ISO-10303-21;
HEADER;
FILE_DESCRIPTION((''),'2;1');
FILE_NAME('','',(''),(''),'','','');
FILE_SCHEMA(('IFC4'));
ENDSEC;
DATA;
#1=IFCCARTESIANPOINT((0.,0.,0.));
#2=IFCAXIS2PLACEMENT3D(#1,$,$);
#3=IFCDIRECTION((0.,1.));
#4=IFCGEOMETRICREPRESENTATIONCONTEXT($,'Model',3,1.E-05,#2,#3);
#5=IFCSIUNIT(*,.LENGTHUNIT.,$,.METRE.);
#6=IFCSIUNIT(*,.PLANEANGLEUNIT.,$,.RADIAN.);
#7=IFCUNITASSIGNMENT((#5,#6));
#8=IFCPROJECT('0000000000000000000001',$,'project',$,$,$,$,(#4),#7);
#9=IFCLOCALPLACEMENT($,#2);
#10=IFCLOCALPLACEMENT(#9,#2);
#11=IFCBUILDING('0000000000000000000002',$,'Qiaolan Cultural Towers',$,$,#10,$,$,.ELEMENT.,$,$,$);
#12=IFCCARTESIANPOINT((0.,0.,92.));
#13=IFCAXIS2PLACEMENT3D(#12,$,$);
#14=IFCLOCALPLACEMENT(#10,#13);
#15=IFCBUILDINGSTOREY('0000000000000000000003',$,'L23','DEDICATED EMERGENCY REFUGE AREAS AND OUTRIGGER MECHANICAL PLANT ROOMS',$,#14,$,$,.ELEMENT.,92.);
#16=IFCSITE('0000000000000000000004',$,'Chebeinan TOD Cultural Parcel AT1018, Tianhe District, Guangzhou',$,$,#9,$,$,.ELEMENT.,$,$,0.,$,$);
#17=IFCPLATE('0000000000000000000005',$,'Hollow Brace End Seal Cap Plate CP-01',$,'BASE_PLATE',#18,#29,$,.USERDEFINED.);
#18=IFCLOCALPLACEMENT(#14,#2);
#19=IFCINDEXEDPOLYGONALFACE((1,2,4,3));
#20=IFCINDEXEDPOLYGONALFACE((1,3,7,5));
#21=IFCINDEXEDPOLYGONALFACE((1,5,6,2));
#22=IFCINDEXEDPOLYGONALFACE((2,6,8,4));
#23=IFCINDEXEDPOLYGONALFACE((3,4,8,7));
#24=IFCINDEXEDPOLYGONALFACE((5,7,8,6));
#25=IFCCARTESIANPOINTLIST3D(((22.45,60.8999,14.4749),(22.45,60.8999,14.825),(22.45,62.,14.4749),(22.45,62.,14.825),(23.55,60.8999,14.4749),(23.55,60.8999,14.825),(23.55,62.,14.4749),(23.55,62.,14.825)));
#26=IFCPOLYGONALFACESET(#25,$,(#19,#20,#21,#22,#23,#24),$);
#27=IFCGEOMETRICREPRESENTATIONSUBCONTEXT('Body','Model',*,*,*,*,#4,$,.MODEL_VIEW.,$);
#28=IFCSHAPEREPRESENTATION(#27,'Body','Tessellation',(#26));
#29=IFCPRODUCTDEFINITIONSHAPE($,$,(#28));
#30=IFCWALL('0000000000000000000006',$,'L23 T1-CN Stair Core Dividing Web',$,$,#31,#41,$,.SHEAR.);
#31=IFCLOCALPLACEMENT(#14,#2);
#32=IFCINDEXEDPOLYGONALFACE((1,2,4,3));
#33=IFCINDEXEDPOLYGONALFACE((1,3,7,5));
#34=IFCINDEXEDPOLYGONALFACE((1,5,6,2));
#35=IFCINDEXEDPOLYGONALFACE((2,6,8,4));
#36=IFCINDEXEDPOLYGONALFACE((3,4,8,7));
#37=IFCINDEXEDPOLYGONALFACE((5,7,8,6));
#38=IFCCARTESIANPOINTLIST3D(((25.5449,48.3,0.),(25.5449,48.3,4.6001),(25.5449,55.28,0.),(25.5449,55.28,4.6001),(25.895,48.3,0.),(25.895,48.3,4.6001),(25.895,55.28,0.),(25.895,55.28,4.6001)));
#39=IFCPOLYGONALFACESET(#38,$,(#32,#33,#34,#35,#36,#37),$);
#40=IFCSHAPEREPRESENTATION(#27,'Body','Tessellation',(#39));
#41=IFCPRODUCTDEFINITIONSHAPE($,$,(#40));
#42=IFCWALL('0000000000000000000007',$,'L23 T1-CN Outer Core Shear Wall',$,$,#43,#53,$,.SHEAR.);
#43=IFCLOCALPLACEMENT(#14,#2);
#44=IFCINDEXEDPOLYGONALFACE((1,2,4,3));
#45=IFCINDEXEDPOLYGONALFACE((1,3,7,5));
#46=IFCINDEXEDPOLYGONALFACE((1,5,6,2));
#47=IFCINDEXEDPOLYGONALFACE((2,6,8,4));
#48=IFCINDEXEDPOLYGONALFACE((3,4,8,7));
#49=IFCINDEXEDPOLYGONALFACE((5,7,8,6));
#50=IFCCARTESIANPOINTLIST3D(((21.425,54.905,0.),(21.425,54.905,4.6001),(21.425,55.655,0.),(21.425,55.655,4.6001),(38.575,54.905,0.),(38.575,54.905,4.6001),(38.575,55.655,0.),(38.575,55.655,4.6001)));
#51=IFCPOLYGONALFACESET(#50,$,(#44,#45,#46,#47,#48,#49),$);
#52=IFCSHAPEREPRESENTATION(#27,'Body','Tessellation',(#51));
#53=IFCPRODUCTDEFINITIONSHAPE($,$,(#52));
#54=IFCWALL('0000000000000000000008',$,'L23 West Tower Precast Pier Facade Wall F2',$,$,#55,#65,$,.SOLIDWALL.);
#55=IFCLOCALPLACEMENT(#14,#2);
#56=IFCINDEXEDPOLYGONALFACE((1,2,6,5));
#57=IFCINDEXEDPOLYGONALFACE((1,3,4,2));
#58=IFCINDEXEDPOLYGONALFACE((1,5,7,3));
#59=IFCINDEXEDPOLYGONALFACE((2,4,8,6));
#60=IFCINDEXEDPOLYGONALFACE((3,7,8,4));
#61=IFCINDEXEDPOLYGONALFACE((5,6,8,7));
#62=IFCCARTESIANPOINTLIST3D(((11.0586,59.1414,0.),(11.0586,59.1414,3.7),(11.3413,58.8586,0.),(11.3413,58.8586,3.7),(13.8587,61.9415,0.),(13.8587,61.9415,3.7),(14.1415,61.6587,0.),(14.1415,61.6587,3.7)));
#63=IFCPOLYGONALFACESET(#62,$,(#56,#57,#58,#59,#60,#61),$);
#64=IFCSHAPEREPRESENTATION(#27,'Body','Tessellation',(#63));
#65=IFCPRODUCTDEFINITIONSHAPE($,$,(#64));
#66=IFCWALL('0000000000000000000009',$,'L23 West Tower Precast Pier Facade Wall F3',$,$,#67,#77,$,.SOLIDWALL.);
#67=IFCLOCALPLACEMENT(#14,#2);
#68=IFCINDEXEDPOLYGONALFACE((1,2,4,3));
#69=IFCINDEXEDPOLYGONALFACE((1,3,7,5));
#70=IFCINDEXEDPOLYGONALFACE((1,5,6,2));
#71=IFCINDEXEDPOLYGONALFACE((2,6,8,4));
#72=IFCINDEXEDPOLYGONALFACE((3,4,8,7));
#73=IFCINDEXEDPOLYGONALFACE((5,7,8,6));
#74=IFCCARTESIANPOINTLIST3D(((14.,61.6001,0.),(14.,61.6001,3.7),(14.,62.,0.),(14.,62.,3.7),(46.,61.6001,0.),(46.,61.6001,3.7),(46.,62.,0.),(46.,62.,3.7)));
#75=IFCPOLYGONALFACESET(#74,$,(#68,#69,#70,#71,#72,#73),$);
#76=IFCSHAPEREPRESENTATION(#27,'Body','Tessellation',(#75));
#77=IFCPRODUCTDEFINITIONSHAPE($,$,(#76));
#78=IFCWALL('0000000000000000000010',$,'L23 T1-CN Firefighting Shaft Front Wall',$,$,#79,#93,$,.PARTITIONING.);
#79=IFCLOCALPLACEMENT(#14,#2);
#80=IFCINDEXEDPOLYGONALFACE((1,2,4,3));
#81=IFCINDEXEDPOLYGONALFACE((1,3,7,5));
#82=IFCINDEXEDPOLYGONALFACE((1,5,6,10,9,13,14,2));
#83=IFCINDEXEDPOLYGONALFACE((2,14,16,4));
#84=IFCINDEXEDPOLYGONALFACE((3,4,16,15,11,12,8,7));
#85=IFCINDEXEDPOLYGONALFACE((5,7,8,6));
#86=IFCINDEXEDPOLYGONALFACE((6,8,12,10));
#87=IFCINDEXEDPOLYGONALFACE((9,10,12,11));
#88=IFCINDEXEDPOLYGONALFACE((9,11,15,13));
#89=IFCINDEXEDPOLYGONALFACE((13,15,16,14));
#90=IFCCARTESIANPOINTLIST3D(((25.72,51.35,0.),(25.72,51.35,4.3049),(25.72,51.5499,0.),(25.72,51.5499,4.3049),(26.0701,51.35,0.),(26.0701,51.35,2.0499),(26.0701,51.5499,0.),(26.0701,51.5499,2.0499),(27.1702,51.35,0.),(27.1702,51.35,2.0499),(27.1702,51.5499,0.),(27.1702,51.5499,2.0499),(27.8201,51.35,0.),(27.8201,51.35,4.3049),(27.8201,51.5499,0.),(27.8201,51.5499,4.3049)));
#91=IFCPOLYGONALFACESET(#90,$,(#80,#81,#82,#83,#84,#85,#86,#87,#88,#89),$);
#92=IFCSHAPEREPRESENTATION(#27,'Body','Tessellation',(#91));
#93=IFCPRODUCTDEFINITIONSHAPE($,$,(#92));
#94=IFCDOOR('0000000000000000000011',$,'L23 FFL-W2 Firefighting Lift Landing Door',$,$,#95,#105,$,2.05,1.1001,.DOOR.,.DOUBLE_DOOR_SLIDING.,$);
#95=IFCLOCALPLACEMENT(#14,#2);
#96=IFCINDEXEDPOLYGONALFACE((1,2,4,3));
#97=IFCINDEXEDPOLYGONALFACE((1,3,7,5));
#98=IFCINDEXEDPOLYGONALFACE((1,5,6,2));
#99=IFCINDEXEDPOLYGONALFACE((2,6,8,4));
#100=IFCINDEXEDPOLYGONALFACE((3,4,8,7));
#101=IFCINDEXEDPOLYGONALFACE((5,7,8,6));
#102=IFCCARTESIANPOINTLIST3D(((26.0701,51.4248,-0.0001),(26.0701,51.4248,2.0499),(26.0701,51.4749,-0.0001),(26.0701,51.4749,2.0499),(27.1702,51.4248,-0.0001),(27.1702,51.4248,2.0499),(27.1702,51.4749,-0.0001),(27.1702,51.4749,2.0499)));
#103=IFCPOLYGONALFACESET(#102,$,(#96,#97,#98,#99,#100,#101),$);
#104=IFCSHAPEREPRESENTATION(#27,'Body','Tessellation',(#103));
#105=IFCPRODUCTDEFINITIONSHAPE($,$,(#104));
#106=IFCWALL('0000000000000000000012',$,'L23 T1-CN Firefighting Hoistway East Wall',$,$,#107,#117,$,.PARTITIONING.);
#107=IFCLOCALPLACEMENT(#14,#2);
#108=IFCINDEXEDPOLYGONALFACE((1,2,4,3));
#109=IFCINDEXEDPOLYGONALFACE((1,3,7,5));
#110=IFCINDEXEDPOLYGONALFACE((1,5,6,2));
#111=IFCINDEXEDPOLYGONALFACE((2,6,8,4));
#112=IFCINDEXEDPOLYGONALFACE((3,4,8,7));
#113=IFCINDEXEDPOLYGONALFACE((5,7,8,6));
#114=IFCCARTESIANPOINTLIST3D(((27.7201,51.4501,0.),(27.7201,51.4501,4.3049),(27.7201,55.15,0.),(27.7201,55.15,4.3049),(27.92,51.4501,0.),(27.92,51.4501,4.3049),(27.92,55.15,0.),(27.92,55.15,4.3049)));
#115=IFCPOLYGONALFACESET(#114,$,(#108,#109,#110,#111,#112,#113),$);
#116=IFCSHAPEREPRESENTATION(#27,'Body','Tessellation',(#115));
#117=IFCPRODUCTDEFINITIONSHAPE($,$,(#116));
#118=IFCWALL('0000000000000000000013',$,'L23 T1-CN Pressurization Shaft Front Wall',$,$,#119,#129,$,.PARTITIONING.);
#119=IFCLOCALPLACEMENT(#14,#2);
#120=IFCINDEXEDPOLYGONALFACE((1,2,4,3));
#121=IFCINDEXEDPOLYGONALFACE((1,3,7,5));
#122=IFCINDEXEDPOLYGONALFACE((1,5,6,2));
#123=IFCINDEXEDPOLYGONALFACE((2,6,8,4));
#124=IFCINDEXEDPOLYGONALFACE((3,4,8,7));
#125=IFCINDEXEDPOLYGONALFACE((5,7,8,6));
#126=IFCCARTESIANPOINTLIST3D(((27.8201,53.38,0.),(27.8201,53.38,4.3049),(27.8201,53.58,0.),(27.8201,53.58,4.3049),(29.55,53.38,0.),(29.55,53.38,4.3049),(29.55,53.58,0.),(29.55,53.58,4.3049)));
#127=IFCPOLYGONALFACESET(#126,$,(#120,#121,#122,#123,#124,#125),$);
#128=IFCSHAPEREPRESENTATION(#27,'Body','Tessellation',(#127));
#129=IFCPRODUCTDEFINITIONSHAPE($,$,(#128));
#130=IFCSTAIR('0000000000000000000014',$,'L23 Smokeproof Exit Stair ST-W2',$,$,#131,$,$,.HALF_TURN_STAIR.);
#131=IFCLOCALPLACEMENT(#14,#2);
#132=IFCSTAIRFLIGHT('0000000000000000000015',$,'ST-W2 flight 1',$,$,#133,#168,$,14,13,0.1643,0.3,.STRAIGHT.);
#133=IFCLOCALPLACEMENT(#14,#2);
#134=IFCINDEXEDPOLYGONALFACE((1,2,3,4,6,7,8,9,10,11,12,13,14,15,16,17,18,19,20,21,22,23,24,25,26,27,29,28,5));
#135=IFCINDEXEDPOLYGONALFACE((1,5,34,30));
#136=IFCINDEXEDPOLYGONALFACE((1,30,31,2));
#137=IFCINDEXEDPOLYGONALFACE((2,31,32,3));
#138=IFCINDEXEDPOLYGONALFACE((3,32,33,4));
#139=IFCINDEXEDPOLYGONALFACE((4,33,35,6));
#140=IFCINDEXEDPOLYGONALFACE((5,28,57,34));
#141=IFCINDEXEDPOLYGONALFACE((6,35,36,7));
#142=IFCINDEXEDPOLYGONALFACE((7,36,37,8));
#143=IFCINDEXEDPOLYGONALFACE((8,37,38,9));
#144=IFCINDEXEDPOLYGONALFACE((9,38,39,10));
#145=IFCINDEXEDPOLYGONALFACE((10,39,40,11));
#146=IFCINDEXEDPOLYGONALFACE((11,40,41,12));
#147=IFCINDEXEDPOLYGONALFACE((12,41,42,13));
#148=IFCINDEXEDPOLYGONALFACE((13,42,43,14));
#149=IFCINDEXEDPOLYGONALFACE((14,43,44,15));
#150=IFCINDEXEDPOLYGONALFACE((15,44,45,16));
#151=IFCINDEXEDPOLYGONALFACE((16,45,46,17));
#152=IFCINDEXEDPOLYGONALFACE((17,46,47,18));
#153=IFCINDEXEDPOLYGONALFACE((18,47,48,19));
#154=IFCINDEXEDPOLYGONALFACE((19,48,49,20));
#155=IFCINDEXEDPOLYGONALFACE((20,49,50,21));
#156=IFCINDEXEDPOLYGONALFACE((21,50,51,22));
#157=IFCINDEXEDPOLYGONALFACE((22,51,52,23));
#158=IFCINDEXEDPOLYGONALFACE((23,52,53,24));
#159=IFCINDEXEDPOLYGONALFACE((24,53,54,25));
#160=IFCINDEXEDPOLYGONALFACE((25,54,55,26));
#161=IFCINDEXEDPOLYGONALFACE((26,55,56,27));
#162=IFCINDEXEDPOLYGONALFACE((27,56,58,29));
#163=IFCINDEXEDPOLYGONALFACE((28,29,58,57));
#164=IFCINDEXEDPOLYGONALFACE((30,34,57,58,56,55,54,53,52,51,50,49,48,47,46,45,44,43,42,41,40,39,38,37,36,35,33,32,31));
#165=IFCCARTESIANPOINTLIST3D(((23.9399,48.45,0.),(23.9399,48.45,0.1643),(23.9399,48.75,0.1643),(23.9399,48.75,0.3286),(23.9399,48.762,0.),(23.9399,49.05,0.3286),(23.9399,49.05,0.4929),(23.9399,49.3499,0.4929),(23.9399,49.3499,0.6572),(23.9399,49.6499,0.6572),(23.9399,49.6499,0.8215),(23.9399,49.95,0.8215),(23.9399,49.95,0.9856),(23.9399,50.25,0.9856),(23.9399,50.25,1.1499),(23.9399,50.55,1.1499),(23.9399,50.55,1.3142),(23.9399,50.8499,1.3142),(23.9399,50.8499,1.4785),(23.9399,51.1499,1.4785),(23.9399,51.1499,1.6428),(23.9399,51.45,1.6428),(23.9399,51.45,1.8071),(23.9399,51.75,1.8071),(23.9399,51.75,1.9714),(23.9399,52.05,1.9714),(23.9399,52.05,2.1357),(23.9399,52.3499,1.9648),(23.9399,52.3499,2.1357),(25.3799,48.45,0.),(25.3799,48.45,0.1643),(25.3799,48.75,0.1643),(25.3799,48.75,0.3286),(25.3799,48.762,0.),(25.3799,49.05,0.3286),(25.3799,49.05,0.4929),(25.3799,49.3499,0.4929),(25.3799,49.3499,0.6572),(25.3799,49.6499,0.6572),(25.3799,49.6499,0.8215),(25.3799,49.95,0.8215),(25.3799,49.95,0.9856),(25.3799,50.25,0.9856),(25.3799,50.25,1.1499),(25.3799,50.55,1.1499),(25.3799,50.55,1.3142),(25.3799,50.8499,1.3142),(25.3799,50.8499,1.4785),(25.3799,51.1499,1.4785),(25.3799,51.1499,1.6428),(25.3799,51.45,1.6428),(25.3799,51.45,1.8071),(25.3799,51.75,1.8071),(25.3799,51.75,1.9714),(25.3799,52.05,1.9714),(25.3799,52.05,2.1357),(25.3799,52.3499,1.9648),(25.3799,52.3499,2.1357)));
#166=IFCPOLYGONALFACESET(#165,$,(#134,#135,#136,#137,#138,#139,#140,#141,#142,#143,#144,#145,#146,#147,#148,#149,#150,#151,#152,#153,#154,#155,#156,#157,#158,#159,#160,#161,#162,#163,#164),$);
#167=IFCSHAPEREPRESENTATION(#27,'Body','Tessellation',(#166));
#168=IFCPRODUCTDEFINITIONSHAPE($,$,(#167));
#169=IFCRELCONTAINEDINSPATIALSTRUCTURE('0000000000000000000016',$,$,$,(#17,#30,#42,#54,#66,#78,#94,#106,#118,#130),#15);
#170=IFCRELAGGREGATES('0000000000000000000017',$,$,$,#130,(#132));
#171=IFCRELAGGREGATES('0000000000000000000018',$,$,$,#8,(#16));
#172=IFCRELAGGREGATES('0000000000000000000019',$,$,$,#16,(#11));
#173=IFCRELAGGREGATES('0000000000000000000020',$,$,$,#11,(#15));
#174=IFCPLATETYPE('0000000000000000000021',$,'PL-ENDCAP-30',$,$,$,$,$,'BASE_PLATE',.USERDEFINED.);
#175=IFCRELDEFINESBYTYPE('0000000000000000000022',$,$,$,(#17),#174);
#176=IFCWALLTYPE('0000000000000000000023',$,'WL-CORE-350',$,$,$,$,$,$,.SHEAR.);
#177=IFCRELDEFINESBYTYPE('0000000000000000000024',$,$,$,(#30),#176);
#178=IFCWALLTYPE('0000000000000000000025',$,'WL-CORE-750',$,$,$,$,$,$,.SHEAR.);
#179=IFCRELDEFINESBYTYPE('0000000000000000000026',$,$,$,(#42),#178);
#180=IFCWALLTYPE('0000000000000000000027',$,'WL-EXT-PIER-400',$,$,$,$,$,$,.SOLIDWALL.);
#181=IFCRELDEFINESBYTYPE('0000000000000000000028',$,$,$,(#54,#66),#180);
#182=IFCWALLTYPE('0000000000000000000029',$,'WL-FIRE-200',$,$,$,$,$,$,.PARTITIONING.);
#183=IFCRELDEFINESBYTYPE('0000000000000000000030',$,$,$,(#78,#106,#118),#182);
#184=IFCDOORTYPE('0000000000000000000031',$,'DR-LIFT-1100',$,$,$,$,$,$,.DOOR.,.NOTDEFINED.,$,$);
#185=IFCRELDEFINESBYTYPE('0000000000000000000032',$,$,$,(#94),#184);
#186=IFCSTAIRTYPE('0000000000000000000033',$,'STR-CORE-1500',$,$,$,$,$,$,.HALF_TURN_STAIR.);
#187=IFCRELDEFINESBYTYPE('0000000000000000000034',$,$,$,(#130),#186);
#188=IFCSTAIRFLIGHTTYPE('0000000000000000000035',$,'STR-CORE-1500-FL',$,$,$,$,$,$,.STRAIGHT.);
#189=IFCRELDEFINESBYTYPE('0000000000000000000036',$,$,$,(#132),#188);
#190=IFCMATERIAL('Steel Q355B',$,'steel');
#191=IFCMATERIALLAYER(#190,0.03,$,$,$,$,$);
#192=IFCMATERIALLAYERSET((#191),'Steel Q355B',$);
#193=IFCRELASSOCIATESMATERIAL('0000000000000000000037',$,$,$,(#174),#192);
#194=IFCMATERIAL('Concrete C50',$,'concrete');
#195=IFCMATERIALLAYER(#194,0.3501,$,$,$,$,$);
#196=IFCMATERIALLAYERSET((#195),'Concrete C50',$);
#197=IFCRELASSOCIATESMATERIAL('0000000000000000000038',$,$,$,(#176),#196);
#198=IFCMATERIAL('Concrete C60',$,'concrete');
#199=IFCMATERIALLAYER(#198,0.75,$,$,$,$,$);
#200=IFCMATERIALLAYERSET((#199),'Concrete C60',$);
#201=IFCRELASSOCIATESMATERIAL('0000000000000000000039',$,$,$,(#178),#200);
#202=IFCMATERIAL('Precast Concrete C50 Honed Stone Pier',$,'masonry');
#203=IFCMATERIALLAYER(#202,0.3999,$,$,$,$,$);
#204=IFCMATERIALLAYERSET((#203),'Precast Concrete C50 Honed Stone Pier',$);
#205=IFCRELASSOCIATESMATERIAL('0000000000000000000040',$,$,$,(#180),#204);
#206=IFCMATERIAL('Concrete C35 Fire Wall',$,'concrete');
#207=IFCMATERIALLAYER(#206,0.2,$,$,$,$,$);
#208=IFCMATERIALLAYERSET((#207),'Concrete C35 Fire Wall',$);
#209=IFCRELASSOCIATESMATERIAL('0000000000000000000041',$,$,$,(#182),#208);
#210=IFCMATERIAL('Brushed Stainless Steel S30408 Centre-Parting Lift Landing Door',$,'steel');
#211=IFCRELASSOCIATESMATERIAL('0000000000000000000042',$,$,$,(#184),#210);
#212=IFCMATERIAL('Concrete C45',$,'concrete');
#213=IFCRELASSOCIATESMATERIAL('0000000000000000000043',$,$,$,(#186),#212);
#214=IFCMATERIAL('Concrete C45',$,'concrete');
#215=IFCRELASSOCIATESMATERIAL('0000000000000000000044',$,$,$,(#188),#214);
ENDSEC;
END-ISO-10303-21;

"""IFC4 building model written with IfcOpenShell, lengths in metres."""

from ifc_helpers import new_model, si_unit, direction, frame, frame_2d, origin, origin_2d, place, context, subcontext, project, spatial, polyline, rectangle, outline, extrude, material, layer, layer_set, type_object, element, fill, aggregate, save


model = new_model("IFC4")

# Units and contexts
model_context = context("Model", 3, precision=1e-05, world=origin(), true_north=direction((0.0, 1.0)))
body_context = subcontext(model_context, "Body", "Model", "MODEL_VIEW")
ifc_project = project(units=[si_unit("LENGTHUNIT", "METRE"), si_unit("PLANEANGLEUNIT", "RADIAN")], contexts=[model_context])

# Site, building, storey
site_placement = place(None, origin())
site = spatial("IfcSite", under=ifc_project, at=site_placement, Name="Chebeinan TOD Cultural Parcel AT1018, Tianhe District, Guangzhou", CompositionType="ELEMENT", RefElevation=0.0)
building_placement = place(site_placement, origin())
building = spatial("IfcBuilding", under=site, at=building_placement, Name="Qiaolan Cultural Towers", CompositionType="ELEMENT")
storey_placement = place(building_placement, frame((0.0, 0.0, 92.0)))
storey = spatial("IfcBuildingStorey", under=building, at=storey_placement, Name="L23", Description="DEDICATED EMERGENCY REFUGE AREAS AND OUTRIGGER MECHANICAL PLANT ROOMS", CompositionType="ELEMENT", Elevation=92.0)

# Plate
ifc_material_1 = material(Name="Steel Q355B", Category="steel")
ifc_layer_1 = layer(ifc_material_1, 0.03)
ifc_layer_set_1 = layer_set([ifc_layer_1], Name="Steel Q355B")
plate_type_1 = type_object("IfcPlateType", Name="PL-ENDCAP-30", ElementType="BASE_PLATE", PredefinedType="USERDEFINED", material=ifc_layer_set_1)
for number, where, z_axis, x_axis, name in (
    (1, (23.0, 61.45, 14.4749), (0.0, 0.0, 1.0), (1.0, 0.0, 0.0), "Hollow Brace End Seal Cap Plate CP-01"),
):
    element("IfcPlate", number, at=place(storey_placement, frame(where, z_axis=z_axis, x_axis=x_axis)), inside=storey, type_object=plate_type_1, Name=name, ObjectType="BASE_PLATE", PredefinedType="USERDEFINED", context=body_context, shape_type="SweptSolid", body=[
        extrude(rectangle(XDim=1.1001, YDim=1.1001, at=origin_2d()), origin(), (0.0, 0.0, 1.0), 0.3501),
    ])

# Walls
ifc_material_2 = material(Name="Concrete C50", Category="concrete")
ifc_layer_2 = layer(ifc_material_2, 0.3501)
ifc_layer_set_2 = layer_set([ifc_layer_2], Name="Concrete C50")
wall_type_1 = type_object("IfcWallType", Name="WL-CORE-350", PredefinedType="SHEAR", material=ifc_layer_set_2)
wall_1_placement = place(storey_placement, frame((25.72, 48.3, 0.0), z_axis=(0.0, 0.0, 1.0), x_axis=(0.0, 1.0, 0.0)))
element("IfcWall", 2, at=wall_1_placement, inside=storey, type_object=wall_type_1, Name="L23 T1-CN Stair Core Dividing Web", PredefinedType="SHEAR", context=body_context, shape_type="SweptSolid", body=[
    extrude(rectangle(XDim=6.98, YDim=0.3501, at=frame_2d((3.49, 0.0))), origin(), (0.0, 0.0, 1.0), 4.6001),
])
ifc_material_3 = material(Name="Concrete C60", Category="concrete")
ifc_layer_3 = layer(ifc_material_3, 0.75)
ifc_layer_set_3 = layer_set([ifc_layer_3], Name="Concrete C60")
wall_type_2 = type_object("IfcWallType", Name="WL-CORE-750", PredefinedType="SHEAR", material=ifc_layer_set_3)
wall_2_placement = place(storey_placement, frame((21.425, 55.28, 0.0), z_axis=(0.0, 0.0, 1.0), x_axis=(1.0, 0.0, 0.0)))
element("IfcWall", 3, at=wall_2_placement, inside=storey, type_object=wall_type_2, Name="L23 T1-CN Outer Core Shear Wall", PredefinedType="SHEAR", context=body_context, shape_type="SweptSolid", body=[
    extrude(rectangle(XDim=17.1499, YDim=0.75, at=frame_2d((8.575, 0.0))), origin(), (0.0, 0.0, 1.0), 4.6001),
])
ifc_material_4 = material(Name="Precast Concrete C50 Honed Stone Pier", Category="masonry")
ifc_layer_4 = layer(ifc_material_4, 0.3999)
ifc_layer_set_4 = layer_set([ifc_layer_4], Name="Precast Concrete C50 Honed Stone Pier")
wall_type_3 = type_object("IfcWallType", Name="WL-EXT-PIER-400", PredefinedType="SOLIDWALL", material=ifc_layer_set_4)
wall_3_placement = place(storey_placement, frame((11.2, 59.0, 0.0), z_axis=(0.0, 0.0, 1.0), x_axis=(0.707107, 0.707107, 0.0)))
element("IfcWall", 4, at=wall_3_placement, inside=storey, type_object=wall_type_3, Name="L23 West Tower Precast Pier Facade Wall F2", PredefinedType="SOLIDWALL", context=body_context, shape_type="SweptSolid", body=[
    extrude(rectangle(XDim=3.96, YDim=0.3999, at=frame_2d((1.98, 0.0))), origin(), (0.0, 0.0, 1.0), 3.7),
])
wall_4_placement = place(storey_placement, frame((14.0, 61.8, 0.0), z_axis=(0.0, 0.0, 1.0), x_axis=(1.0, 0.0, 0.0)))
element("IfcWall", 5, at=wall_4_placement, inside=storey, type_object=wall_type_3, Name="L23 West Tower Precast Pier Facade Wall F3", PredefinedType="SOLIDWALL", context=body_context, shape_type="SweptSolid", body=[
    extrude(rectangle(XDim=32.0, YDim=0.3999, at=frame_2d((16.0, 0.0))), origin(), (0.0, 0.0, 1.0), 3.7),
])

# Wall, opening, door
ifc_material_5 = material(Name="Concrete C35 Fire Wall", Category="concrete")
ifc_layer_5 = layer(ifc_material_5, 0.2)
ifc_layer_set_5 = layer_set([ifc_layer_5], Name="Concrete C35 Fire Wall")
wall_type_4 = type_object("IfcWallType", Name="WL-FIRE-200", PredefinedType="PARTITIONING", material=ifc_layer_set_5)
wall_5_placement = place(storey_placement, frame((25.72, 51.45, 0.0), z_axis=(0.0, 0.0, 1.0), x_axis=(1.0, 0.0, 0.0)))
wall_5 = element("IfcWall", 6, at=wall_5_placement, inside=storey, type_object=wall_type_4, Name="L23 T1-CN Firefighting Shaft Front Wall", PredefinedType="PARTITIONING", context=body_context, shape_type="SweptSolid", body=[
    extrude(rectangle(XDim=2.1001, YDim=0.2, at=frame_2d((1.05, 0.0))), origin(), (0.0, 0.0, 1.0), 4.3049),
])
opening_placement = place(wall_5_placement, frame((0.3501, 0.0, 0.0)))
opening = element("IfcOpeningElement", 7, at=opening_placement, cuts=wall_5, PredefinedType="OPENING", context=body_context, shape_type="SweptSolid", body=[
    extrude(rectangle(XDim=1.1001, YDim=2.05, at=frame_2d((0.55, 1.0249))), frame((0.0, 0.1099, 0.0), z_axis=(0.0, -1.0, 0.0), x_axis=(1.0, 0.0, 0.0)), (0.0, 0.0, 1.0), 0.22),
])
ifc_material_6 = material(Name="Brushed Stainless Steel S30408 Centre-Parting Lift Landing Door", Category="steel")
door_type = type_object("IfcDoorType", Name="DR-LIFT-1100", OperationType="NOTDEFINED", PredefinedType="DOOR", material=ifc_material_6)
door_placement = place(opening_placement, origin())
door = element("IfcDoor", 8, at=door_placement, inside=storey, type_object=door_type, Name="L23 FFL-W2 Firefighting Lift Landing Door", OperationType="DOUBLE_DOOR_SLIDING", OverallHeight=2.05, OverallWidth=1.1001, PredefinedType="DOOR", context=body_context, shape_type="SweptSolid", body=[
    extrude(rectangle(XDim=1.1001, YDim=2.05, at=frame_2d((0.55, 1.0249))), frame((0.0, 0.0249, 0.0), z_axis=(0.0, -1.0, 0.0), x_axis=(1.0, 0.0, 0.0)), (0.0, 0.0, 1.0), 0.05),
])
fill(opening, door)

# Walls
wall_6_placement = place(storey_placement, frame((27.8201, 51.45, 0.0), z_axis=(0.0, 0.0, 1.0), x_axis=(0.0, 1.0, 0.0)))
element("IfcWall", 9, at=wall_6_placement, inside=storey, type_object=wall_type_4, Name="L23 T1-CN Firefighting Hoistway East Wall", PredefinedType="PARTITIONING", context=body_context, shape_type="SweptSolid", body=[
    extrude(rectangle(XDim=3.7, YDim=0.2, at=frame_2d((1.8501, 0.0))), origin(), (0.0, 0.0, 1.0), 4.3049),
])
wall_7_placement = place(storey_placement, frame((27.8201, 53.48, 0.0), z_axis=(0.0, 0.0, 1.0), x_axis=(1.0, 0.0, 0.0)))
element("IfcWall", 10, at=wall_7_placement, inside=storey, type_object=wall_type_4, Name="L23 T1-CN Pressurization Shaft Front Wall", PredefinedType="PARTITIONING", context=body_context, shape_type="SweptSolid", body=[
    extrude(rectangle(XDim=1.73, YDim=0.2, at=frame_2d((0.865, 0.0))), origin(), (0.0, 0.0, 1.0), 4.3049),
])

# Stair, stair flight
ifc_material_7 = material(Name="Concrete C45", Category="concrete")
stair_type = type_object("IfcStairType", Name="STR-CORE-1500", PredefinedType="HALF_TURN_STAIR", material=ifc_material_7)
stair_placement = place(storey_placement, origin())
stair = element("IfcStair", 11, at=stair_placement, inside=storey, type_object=stair_type, Name="L23 Smokeproof Exit Stair ST-W2", PredefinedType="HALF_TURN_STAIR")
ifc_material_8 = material(Name="Concrete C45", Category="concrete")
stair_flight_type = type_object("IfcStairFlightType", Name="STR-CORE-1500-FL", PredefinedType="STRAIGHT", material=ifc_material_8)
stair_flight_1_placement = place(storey_placement, frame((24.6599, 48.45, 0.0), z_axis=(0.0, 0.0, 1.0), x_axis=(0.0, 1.0, 0.0)))
stair_flight_1 = element("IfcStairFlight", 12, at=stair_flight_1_placement, type_object=stair_flight_type, Name="ST-W2 flight 1", NumberOfRisers=14, NumberOfTreads=13, PredefinedType="STRAIGHT", RiserHeight=0.1643, TreadLength=0.3, context=body_context, shape_type="SweptSolid", body=[
    extrude(outline(polyline([(0.0, 0.0), (0.0, 0.1643), (0.3, 0.1643), (0.3, 0.3286), (0.6001, 0.3286), (0.6001, 0.4929), (0.8999, 0.4929), (0.8999, 0.6572), (1.2, 0.6572), (1.2, 0.8215), (1.5, 0.8215), (1.5, 0.9856), (1.8, 0.9856), (1.8, 1.1499), (2.1001, 1.1499), (2.1001, 1.3142), (2.3999, 1.3142), (2.3999, 1.4785), (2.7, 1.4785), (2.7, 1.6428), (3.0, 1.6428), (3.0, 1.8071), (3.3, 1.8071), (3.3, 1.9714), (3.6001, 1.9714), (3.6001, 2.1357), (3.8999, 2.1357), (3.8999, 2.3), (3.8999, 1.9648), (0.312, 0.0), (0.0, 0.0)])), frame((0.0, 0.72, 0.0), z_axis=(0.0, -1.0, 0.0), x_axis=(1.0, 0.0, 0.0)), (0.0, 0.0, 1.0), 1.4399),
])
aggregate(stair, [stair_flight_1])

save(model, "model.ifc")
